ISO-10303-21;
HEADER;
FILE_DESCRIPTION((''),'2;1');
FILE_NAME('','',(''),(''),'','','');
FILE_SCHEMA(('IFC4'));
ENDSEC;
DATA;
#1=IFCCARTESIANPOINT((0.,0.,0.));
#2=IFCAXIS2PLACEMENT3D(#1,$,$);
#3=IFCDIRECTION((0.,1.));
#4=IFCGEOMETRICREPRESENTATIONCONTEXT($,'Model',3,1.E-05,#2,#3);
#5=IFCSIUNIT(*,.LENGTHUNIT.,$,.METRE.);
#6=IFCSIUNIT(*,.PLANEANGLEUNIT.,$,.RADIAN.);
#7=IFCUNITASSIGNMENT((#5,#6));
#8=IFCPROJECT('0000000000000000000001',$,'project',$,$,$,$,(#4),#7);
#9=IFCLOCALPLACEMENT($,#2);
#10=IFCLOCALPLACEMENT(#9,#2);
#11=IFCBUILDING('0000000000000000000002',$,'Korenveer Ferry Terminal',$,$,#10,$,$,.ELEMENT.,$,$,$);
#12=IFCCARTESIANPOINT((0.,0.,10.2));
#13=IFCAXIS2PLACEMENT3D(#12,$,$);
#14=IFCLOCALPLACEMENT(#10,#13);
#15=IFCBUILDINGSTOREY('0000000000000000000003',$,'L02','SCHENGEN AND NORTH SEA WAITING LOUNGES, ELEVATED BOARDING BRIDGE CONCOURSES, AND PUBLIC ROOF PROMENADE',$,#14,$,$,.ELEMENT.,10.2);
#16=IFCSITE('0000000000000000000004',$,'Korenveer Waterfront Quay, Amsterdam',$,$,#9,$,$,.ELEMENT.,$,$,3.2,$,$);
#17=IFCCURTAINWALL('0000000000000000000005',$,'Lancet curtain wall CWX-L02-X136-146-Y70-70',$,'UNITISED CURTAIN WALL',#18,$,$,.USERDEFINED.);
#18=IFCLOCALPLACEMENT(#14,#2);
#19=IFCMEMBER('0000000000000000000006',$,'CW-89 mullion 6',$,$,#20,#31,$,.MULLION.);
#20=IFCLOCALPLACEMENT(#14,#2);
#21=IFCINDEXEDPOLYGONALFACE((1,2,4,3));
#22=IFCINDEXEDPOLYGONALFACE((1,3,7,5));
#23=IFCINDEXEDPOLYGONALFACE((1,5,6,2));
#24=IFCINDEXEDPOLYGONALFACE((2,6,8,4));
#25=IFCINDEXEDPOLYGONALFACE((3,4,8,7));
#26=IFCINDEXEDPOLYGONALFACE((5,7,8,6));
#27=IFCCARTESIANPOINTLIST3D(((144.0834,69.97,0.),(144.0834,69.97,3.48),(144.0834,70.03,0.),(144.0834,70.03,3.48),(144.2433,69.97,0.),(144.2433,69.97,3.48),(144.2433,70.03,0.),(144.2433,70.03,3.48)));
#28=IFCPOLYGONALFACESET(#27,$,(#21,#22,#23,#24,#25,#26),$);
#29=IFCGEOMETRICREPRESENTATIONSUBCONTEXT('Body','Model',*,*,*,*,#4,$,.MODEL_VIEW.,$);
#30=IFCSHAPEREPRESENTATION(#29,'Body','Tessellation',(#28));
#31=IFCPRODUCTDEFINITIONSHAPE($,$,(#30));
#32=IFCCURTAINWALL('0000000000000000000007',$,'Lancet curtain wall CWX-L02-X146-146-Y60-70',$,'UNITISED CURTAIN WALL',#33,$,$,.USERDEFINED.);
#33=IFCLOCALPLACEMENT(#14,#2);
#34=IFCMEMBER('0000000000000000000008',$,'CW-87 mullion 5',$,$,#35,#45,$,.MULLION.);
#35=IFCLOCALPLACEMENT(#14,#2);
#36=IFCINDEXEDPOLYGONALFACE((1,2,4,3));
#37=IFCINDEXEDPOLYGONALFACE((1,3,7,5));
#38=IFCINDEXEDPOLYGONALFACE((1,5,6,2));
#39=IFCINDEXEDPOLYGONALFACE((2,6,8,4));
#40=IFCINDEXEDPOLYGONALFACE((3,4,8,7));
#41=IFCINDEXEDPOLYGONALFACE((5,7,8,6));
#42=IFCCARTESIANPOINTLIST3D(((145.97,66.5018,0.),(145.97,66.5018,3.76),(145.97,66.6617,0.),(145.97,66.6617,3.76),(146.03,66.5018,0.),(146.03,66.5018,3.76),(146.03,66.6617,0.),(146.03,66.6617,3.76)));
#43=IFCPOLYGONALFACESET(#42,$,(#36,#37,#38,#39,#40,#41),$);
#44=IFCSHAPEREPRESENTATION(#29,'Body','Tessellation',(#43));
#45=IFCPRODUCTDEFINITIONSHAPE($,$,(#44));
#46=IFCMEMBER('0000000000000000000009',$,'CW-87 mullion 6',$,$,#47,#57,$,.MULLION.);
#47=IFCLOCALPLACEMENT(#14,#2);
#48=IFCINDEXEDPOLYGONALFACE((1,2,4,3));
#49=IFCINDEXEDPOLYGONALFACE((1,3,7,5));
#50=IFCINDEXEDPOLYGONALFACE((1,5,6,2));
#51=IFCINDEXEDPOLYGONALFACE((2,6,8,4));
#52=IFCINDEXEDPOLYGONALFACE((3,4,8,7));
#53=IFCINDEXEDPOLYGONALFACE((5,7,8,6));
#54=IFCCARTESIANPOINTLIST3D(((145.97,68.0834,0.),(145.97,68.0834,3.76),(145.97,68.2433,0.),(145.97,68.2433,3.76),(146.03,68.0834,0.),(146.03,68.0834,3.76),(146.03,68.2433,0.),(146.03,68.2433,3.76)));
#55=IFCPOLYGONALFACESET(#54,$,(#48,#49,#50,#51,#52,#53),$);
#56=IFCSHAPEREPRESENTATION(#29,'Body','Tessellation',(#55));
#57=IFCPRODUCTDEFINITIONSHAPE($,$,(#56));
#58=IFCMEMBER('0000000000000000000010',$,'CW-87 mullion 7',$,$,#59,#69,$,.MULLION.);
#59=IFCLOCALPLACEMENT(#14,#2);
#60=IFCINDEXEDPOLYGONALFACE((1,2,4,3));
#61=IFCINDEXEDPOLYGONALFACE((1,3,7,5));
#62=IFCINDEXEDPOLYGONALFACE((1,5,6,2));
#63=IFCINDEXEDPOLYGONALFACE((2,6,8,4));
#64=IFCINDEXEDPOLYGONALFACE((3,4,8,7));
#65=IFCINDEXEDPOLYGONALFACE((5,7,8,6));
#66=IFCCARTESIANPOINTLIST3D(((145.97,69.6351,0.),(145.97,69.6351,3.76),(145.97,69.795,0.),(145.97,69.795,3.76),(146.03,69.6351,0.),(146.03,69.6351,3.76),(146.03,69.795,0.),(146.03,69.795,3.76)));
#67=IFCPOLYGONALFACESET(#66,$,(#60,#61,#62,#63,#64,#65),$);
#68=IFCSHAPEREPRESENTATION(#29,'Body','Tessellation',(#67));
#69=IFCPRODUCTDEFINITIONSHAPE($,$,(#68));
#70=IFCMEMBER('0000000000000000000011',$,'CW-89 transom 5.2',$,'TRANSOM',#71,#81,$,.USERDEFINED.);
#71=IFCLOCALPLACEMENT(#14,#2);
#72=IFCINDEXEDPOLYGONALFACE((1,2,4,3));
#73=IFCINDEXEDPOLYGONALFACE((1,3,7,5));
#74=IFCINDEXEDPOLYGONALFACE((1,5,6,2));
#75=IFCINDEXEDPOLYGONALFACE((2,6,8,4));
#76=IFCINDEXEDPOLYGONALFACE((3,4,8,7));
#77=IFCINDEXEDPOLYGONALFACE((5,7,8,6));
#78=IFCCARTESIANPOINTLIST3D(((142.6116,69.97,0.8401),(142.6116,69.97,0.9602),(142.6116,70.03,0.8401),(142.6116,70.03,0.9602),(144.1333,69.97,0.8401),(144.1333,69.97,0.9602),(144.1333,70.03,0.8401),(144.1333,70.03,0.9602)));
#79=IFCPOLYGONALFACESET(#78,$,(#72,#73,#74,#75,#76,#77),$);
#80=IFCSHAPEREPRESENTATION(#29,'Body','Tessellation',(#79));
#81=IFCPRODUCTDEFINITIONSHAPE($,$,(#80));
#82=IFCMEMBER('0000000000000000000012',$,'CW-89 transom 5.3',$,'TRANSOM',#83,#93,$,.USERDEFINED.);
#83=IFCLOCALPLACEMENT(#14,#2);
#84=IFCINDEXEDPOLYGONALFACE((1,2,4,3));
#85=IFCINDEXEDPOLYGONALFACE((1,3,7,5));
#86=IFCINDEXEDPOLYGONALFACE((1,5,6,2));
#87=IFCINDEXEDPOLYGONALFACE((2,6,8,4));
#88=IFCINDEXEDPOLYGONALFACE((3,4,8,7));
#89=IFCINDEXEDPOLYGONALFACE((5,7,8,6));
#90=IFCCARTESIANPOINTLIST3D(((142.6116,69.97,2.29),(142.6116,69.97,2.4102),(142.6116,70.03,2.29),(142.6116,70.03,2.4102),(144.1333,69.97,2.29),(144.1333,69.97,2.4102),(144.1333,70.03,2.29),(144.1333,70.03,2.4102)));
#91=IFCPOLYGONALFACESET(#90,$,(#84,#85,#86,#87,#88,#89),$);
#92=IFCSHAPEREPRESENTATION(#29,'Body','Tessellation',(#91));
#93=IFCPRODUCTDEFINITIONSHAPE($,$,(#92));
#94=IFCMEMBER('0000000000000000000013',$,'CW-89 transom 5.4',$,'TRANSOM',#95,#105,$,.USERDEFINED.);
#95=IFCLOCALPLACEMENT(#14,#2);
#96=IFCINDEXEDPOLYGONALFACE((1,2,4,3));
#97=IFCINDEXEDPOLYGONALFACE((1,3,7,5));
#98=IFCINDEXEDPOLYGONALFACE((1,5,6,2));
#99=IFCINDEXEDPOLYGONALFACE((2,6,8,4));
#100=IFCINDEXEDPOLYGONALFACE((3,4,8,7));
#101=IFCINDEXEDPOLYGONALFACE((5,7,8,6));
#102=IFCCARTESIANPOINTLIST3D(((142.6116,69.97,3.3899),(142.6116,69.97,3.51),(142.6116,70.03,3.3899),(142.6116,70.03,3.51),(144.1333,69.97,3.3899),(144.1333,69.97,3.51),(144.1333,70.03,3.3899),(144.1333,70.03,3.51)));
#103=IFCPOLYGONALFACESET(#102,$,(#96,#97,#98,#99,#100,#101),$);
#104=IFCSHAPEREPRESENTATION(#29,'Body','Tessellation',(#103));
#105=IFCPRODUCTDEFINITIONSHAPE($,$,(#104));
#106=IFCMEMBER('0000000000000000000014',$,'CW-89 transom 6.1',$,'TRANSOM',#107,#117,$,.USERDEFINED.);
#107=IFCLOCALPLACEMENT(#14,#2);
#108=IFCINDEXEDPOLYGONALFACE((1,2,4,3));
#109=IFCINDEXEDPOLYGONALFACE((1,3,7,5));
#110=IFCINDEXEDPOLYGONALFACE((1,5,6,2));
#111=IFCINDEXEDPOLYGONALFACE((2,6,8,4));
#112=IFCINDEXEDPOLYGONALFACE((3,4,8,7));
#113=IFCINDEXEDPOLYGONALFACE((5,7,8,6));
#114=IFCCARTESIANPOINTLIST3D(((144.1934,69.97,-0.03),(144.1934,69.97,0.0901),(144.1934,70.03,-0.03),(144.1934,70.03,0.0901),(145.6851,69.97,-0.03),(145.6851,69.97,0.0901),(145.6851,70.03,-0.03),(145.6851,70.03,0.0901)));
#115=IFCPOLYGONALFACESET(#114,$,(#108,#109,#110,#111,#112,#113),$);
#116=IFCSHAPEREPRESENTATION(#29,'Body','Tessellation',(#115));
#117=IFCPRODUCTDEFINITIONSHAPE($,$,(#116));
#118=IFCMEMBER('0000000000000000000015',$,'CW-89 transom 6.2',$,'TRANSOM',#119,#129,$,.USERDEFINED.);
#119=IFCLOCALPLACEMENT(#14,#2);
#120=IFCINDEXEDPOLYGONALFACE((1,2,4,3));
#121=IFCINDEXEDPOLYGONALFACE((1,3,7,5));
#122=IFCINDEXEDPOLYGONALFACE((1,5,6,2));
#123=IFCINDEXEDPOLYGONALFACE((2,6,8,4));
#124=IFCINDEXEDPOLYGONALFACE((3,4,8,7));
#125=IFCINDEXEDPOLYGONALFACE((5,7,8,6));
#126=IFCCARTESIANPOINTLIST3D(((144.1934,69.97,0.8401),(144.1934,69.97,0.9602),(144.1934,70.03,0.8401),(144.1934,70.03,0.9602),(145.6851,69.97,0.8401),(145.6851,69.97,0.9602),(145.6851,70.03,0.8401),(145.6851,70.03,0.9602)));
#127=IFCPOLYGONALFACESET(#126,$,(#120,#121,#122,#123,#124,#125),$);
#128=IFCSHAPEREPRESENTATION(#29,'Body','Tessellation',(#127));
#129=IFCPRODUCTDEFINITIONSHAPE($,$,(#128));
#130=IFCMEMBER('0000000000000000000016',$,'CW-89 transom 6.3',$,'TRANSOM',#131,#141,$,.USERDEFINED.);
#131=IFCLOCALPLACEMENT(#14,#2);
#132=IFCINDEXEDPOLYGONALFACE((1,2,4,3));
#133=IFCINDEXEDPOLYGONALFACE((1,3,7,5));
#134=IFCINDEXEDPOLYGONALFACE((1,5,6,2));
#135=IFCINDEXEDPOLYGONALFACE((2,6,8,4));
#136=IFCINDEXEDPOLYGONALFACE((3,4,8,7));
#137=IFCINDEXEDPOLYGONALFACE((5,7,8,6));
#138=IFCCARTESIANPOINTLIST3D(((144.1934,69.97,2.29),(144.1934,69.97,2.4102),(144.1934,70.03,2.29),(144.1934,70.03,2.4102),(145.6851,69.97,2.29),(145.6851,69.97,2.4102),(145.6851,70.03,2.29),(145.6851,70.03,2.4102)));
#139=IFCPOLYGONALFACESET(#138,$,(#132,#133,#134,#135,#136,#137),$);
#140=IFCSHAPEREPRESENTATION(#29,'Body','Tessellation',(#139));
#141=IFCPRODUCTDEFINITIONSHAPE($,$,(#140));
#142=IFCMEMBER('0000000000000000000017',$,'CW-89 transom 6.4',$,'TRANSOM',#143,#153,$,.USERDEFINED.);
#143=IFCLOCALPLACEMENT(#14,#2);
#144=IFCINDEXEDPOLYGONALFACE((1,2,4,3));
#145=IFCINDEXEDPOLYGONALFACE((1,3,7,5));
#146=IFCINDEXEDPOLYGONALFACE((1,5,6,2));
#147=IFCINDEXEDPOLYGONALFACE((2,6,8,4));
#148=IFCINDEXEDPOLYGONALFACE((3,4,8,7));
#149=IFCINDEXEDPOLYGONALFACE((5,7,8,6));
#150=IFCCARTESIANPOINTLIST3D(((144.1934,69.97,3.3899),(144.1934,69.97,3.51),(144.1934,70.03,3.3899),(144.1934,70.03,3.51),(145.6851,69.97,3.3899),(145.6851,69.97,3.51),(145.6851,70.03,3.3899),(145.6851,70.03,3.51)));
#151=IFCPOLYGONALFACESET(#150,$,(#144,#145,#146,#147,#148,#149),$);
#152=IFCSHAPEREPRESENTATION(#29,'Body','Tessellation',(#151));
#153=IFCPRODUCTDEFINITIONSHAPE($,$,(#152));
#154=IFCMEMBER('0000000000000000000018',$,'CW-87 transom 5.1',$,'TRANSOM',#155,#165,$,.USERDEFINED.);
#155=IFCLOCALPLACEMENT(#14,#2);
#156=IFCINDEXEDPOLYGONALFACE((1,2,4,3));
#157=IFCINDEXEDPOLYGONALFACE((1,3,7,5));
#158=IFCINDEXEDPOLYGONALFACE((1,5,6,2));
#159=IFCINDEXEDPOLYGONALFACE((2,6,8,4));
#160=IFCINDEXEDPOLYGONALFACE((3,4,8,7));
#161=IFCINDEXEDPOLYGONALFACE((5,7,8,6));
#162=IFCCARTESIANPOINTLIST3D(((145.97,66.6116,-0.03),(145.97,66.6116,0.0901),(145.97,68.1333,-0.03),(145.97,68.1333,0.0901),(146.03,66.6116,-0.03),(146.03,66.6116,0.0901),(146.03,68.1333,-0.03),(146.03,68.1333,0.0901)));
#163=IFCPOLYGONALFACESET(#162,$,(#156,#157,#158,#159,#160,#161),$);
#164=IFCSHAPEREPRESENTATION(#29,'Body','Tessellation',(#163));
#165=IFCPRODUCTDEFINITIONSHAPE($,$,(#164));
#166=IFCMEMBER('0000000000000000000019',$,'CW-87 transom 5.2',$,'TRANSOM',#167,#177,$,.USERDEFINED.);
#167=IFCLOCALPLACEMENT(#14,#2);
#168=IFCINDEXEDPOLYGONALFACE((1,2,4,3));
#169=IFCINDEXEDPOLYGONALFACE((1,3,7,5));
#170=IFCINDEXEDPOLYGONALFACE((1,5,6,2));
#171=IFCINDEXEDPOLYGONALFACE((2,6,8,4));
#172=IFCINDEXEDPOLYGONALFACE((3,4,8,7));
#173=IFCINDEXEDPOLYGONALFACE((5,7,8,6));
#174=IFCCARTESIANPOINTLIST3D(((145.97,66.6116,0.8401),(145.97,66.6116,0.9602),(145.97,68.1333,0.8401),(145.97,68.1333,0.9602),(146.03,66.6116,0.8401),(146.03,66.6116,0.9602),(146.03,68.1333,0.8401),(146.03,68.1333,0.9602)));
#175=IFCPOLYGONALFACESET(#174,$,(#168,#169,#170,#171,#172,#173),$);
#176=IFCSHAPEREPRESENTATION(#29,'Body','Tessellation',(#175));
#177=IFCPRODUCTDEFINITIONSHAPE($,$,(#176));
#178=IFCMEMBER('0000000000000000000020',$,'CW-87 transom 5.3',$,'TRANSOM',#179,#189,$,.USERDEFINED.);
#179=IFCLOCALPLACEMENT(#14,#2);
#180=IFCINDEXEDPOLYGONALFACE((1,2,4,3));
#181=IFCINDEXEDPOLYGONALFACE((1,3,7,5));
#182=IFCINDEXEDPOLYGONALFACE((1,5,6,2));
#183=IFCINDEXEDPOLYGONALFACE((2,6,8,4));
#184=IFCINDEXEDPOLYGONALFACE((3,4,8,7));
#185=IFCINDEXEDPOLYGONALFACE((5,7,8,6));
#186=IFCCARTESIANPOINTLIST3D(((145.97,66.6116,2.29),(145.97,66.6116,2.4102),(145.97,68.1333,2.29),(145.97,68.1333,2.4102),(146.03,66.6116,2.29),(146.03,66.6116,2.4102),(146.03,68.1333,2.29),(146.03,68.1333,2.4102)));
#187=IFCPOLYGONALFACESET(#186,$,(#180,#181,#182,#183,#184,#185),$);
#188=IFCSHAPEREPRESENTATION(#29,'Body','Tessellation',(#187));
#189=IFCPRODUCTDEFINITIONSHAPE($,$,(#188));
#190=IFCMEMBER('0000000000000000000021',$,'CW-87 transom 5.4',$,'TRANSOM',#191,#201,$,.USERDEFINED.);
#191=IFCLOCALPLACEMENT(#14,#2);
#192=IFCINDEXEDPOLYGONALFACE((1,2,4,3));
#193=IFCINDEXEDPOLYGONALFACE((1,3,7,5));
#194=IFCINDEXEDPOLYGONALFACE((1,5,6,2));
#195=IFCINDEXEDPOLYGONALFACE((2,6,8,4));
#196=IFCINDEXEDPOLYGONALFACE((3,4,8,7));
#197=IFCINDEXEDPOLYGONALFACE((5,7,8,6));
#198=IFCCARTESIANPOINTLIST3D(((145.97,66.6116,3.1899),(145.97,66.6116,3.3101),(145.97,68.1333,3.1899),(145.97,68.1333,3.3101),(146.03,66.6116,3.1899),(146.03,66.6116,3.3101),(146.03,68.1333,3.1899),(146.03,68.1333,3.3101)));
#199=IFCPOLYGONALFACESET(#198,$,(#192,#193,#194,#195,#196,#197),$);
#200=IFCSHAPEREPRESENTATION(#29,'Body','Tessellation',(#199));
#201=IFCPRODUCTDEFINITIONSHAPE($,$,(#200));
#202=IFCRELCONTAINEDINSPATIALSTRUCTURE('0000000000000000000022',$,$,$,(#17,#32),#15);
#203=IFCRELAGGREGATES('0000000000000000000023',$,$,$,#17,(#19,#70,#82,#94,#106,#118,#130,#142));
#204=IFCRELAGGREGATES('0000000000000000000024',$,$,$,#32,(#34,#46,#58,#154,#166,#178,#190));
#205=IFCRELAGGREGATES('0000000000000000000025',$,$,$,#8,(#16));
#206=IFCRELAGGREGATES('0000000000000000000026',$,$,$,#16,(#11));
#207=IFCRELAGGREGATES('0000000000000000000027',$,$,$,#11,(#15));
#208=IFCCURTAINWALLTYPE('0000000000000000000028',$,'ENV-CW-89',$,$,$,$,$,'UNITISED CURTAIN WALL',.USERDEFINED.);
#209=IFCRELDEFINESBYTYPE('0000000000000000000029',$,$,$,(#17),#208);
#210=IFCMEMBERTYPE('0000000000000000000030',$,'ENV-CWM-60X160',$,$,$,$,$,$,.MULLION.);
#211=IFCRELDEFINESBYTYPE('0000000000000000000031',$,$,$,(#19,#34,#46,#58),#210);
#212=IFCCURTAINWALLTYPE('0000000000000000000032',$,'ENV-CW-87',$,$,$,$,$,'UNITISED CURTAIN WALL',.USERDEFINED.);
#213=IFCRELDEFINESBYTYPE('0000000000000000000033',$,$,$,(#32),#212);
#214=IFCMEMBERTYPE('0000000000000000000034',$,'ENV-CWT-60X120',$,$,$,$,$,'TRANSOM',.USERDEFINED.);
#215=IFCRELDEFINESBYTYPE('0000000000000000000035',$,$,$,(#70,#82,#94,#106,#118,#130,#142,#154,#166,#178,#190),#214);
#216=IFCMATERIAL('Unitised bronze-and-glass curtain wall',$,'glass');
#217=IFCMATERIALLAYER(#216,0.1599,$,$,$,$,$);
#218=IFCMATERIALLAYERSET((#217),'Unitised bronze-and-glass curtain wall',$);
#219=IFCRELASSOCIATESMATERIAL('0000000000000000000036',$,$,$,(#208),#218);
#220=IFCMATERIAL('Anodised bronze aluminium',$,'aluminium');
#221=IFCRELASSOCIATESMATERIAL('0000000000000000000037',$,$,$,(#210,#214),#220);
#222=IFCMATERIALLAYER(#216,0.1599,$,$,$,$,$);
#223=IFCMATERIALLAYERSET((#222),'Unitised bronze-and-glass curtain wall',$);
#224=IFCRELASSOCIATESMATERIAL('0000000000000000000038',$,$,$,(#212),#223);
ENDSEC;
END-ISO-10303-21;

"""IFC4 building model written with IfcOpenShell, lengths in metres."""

from ifc_helpers import new_model, si_unit, direction, frame, origin, origin_2d, place, context, subcontext, project, spatial, rectangle, extrude, material, layer, layer_set, material_profile, profile_set, type_object, element, aggregate, save


model = new_model("IFC4")

# Units and contexts
model_context = context("Model", 3, precision=1e-05, world=origin(), true_north=direction((0.0, 1.0)))
body_context = subcontext(model_context, "Body", "Model", "MODEL_VIEW")
ifc_project = project(units=[si_unit("LENGTHUNIT", "METRE"), si_unit("PLANEANGLEUNIT", "RADIAN")], contexts=[model_context])

# Site, building, storey
site_placement = place(None, origin())
site = spatial("IfcSite", under=ifc_project, at=site_placement, Name="Korenveer Waterfront Quay, Amsterdam", CompositionType="ELEMENT", RefElevation=3.2)
building_placement = place(site_placement, origin())
building = spatial("IfcBuilding", under=site, at=building_placement, Name="Korenveer Ferry Terminal", CompositionType="ELEMENT")
storey_placement = place(building_placement, frame((0.0, 0.0, 10.2)))
storey = spatial("IfcBuildingStorey", under=building, at=storey_placement, Name="L02", Description="SCHENGEN AND NORTH SEA WAITING LOUNGES, ELEVATED BOARDING BRIDGE CONCOURSES, AND PUBLIC ROOF PROMENADE", CompositionType="ELEMENT", Elevation=10.2)

# Curtain wall, member
ifc_material_1 = material(Name="Unitised bronze-and-glass curtain wall", Category="glass")
ifc_layer_1 = layer(ifc_material_1, 0.1599)
ifc_layer_set_1 = layer_set([ifc_layer_1], Name="Unitised bronze-and-glass curtain wall")
curtain_wall_type_1 = type_object("IfcCurtainWallType", Name="ENV-CW-89", ElementType="UNITISED CURTAIN WALL", PredefinedType="USERDEFINED", material=ifc_layer_set_1)
curtain_wall_1_placement = place(storey_placement, frame((136.2549, 70.0, 0.0)))
curtain_wall_1 = element("IfcCurtainWall", 1, at=curtain_wall_1_placement, inside=storey, type_object=curtain_wall_type_1, Name="Lancet curtain wall CWX-L02-X136-146-Y70-70", ObjectType="UNITISED CURTAIN WALL", PredefinedType="USERDEFINED")
ifc_material_2 = material(Name="Anodised bronze aluminium", Category="aluminium")
ifc_material_profile_1 = material_profile(ifc_material_2, rectangle(XDim=0.0601, YDim=0.1599, at=origin_2d()), Name="ALU 60x160")
ifc_profile_set_1 = profile_set([ifc_material_profile_1], Name="Anodised bronze aluminium")
member_type_1 = type_object("IfcMemberType", Name="ENV-CWM-60X160", PredefinedType="MULLION", material=ifc_profile_set_1)
member_1_placement = place(storey_placement, frame((144.1633, 70.0, 0.0), z_axis=(0.0, 0.0, 1.0), x_axis=(0.0, 1.0, 0.0)))
member_1 = element("IfcMember", 2, at=member_1_placement, type_object=member_type_1, Name="CW-89 mullion 6", PredefinedType="MULLION", context=body_context, shape_type="SweptSolid", body=[
    extrude(rectangle(XDim=0.0601, YDim=0.1599, at=origin_2d()), origin(), (0.0, 0.0, 1.0), 3.48),
])

# Curtain wall, members
ifc_layer_2 = layer(ifc_material_1, 0.1599)
ifc_layer_set_2 = layer_set([ifc_layer_2], Name="Unitised bronze-and-glass curtain wall")
curtain_wall_type_2 = type_object("IfcCurtainWallType", Name="ENV-CW-87", ElementType="UNITISED CURTAIN WALL", PredefinedType="USERDEFINED", material=ifc_layer_set_2)
curtain_wall_2_placement = place(storey_placement, frame((146.0, 60.2549, 0.0)))
curtain_wall_2 = element("IfcCurtainWall", 3, at=curtain_wall_2_placement, inside=storey, type_object=curtain_wall_type_2, Name="Lancet curtain wall CWX-L02-X146-146-Y60-70", ObjectType="UNITISED CURTAIN WALL", PredefinedType="USERDEFINED")
member_2_placement = place(storey_placement, frame((146.0, 66.5818, 0.0), z_axis=(0.0, 0.0, 1.0), x_axis=(-1.0, 0.0, 0.0)))
member_2 = element("IfcMember", 4, at=member_2_placement, type_object=member_type_1, Name="CW-87 mullion 5", PredefinedType="MULLION", context=body_context, shape_type="SweptSolid", body=[
    extrude(rectangle(XDim=0.0601, YDim=0.1599, at=origin_2d()), origin(), (0.0, 0.0, 1.0), 3.76),
])
member_3_placement = place(storey_placement, frame((146.0, 68.1633, 0.0), z_axis=(0.0, 0.0, 1.0), x_axis=(-1.0, 0.0, 0.0)))
member_3 = element("IfcMember", 5, at=member_3_placement, type_object=member_type_1, Name="CW-87 mullion 6", PredefinedType="MULLION", context=body_context, shape_type="SweptSolid", body=[
    extrude(rectangle(XDim=0.0601, YDim=0.1599, at=origin_2d()), origin(), (0.0, 0.0, 1.0), 3.76),
])
member_4_placement = place(storey_placement, frame((146.0, 69.7151, 0.0), z_axis=(0.0, 0.0, 1.0), x_axis=(-1.0, 0.0, 0.0)))
member_4 = element("IfcMember", 6, at=member_4_placement, type_object=member_type_1, Name="CW-87 mullion 7", PredefinedType="MULLION", context=body_context, shape_type="SweptSolid", body=[
    extrude(rectangle(XDim=0.0601, YDim=0.1599, at=origin_2d()), origin(), (0.0, 0.0, 1.0), 3.76),
])

# Members
ifc_material_profile_2 = material_profile(ifc_material_2, rectangle(XDim=0.0601, YDim=0.1201, at=origin_2d()), Name="ALU 60x120")
ifc_profile_set_2 = profile_set([ifc_material_profile_2], Name="Anodised bronze aluminium")
member_type_2 = type_object("IfcMemberType", Name="ENV-CWT-60X120", ElementType="TRANSOM", PredefinedType="USERDEFINED", material=ifc_profile_set_2)
member_5_placement = place(storey_placement, frame((142.6116, 70.0, 0.9001), z_axis=(1.0, 0.0, 0.0), x_axis=(0.0, 1.0, 0.0)))
member_5 = element("IfcMember", 7, at=member_5_placement, type_object=member_type_2, Name="CW-89 transom 5.2", ObjectType="TRANSOM", PredefinedType="USERDEFINED", context=body_context, shape_type="SweptSolid", body=[
    extrude(rectangle(XDim=0.0601, YDim=0.1201, at=origin_2d()), origin(), (0.0, 0.0, 1.0), 1.5217),
])
member_6_placement = place(storey_placement, frame((142.6116, 70.0, 2.3501), z_axis=(1.0, 0.0, 0.0), x_axis=(0.0, 1.0, 0.0)))
member_6 = element("IfcMember", 8, at=member_6_placement, type_object=member_type_2, Name="CW-89 transom 5.3", ObjectType="TRANSOM", PredefinedType="USERDEFINED", context=body_context, shape_type="SweptSolid", body=[
    extrude(rectangle(XDim=0.0601, YDim=0.1201, at=origin_2d()), origin(), (0.0, 0.0, 1.0), 1.5217),
])
member_7_placement = place(storey_placement, frame((142.6116, 70.0, 3.45), z_axis=(1.0, 0.0, 0.0), x_axis=(0.0, 1.0, 0.0)))
member_7 = element("IfcMember", 9, at=member_7_placement, type_object=member_type_2, Name="CW-89 transom 5.4", ObjectType="TRANSOM", PredefinedType="USERDEFINED", context=body_context, shape_type="SweptSolid", body=[
    extrude(rectangle(XDim=0.0601, YDim=0.1201, at=origin_2d()), origin(), (0.0, 0.0, 1.0), 1.5217),
])
member_8_placement = place(storey_placement, frame((144.1934, 70.0, 0.03), z_axis=(1.0, 0.0, 0.0), x_axis=(0.0, 1.0, 0.0)))
member_8 = element("IfcMember", 10, at=member_8_placement, type_object=member_type_2, Name="CW-89 transom 6.1", ObjectType="TRANSOM", PredefinedType="USERDEFINED", context=body_context, shape_type="SweptSolid", body=[
    extrude(rectangle(XDim=0.0601, YDim=0.1201, at=origin_2d()), origin(), (0.0, 0.0, 1.0), 1.4917),
])
member_9_placement = place(storey_placement, frame((144.1934, 70.0, 0.9001), z_axis=(1.0, 0.0, 0.0), x_axis=(0.0, 1.0, 0.0)))
member_9 = element("IfcMember", 11, at=member_9_placement, type_object=member_type_2, Name="CW-89 transom 6.2", ObjectType="TRANSOM", PredefinedType="USERDEFINED", context=body_context, shape_type="SweptSolid", body=[
    extrude(rectangle(XDim=0.0601, YDim=0.1201, at=origin_2d()), origin(), (0.0, 0.0, 1.0), 1.4917),
])
member_10_placement = place(storey_placement, frame((144.1934, 70.0, 2.3501), z_axis=(1.0, 0.0, 0.0), x_axis=(0.0, 1.0, 0.0)))
member_10 = element("IfcMember", 12, at=member_10_placement, type_object=member_type_2, Name="CW-89 transom 6.3", ObjectType="TRANSOM", PredefinedType="USERDEFINED", context=body_context, shape_type="SweptSolid", body=[
    extrude(rectangle(XDim=0.0601, YDim=0.1201, at=origin_2d()), origin(), (0.0, 0.0, 1.0), 1.4917),
])
member_11_placement = place(storey_placement, frame((144.1934, 70.0, 3.45), z_axis=(1.0, 0.0, 0.0), x_axis=(0.0, 1.0, 0.0)))
member_11 = element("IfcMember", 13, at=member_11_placement, type_object=member_type_2, Name="CW-89 transom 6.4", ObjectType="TRANSOM", PredefinedType="USERDEFINED", context=body_context, shape_type="SweptSolid", body=[
    extrude(rectangle(XDim=0.0601, YDim=0.1201, at=origin_2d()), origin(), (0.0, 0.0, 1.0), 1.4917),
])
member_12_placement = place(storey_placement, frame((146.0, 66.6116, 0.03), z_axis=(0.0, 1.0, 0.0), x_axis=(-1.0, 0.0, 0.0)))
member_12 = element("IfcMember", 14, at=member_12_placement, type_object=member_type_2, Name="CW-87 transom 5.1", ObjectType="TRANSOM", PredefinedType="USERDEFINED", context=body_context, shape_type="SweptSolid", body=[
    extrude(rectangle(XDim=0.0601, YDim=0.1201, at=origin_2d()), origin(), (0.0, 0.0, 1.0), 1.5217),
])
member_13_placement = place(storey_placement, frame((146.0, 66.6116, 0.9001), z_axis=(0.0, 1.0, 0.0), x_axis=(-1.0, 0.0, 0.0)))
member_13 = element("IfcMember", 15, at=member_13_placement, type_object=member_type_2, Name="CW-87 transom 5.2", ObjectType="TRANSOM", PredefinedType="USERDEFINED", context=body_context, shape_type="SweptSolid", body=[
    extrude(rectangle(XDim=0.0601, YDim=0.1201, at=origin_2d()), origin(), (0.0, 0.0, 1.0), 1.5217),
])
member_14_placement = place(storey_placement, frame((146.0, 66.6116, 2.3501), z_axis=(0.0, 1.0, 0.0), x_axis=(-1.0, 0.0, 0.0)))
member_14 = element("IfcMember", 16, at=member_14_placement, type_object=member_type_2, Name="CW-87 transom 5.3", ObjectType="TRANSOM", PredefinedType="USERDEFINED", context=body_context, shape_type="SweptSolid", body=[
    extrude(rectangle(XDim=0.0601, YDim=0.1201, at=origin_2d()), origin(), (0.0, 0.0, 1.0), 1.5217),
])
member_15_placement = place(storey_placement, frame((146.0, 66.6116, 3.25), z_axis=(0.0, 1.0, 0.0), x_axis=(-1.0, 0.0, 0.0)))
member_15 = element("IfcMember", 17, at=member_15_placement, type_object=member_type_2, Name="CW-87 transom 5.4", ObjectType="TRANSOM", PredefinedType="USERDEFINED", context=body_context, shape_type="SweptSolid", body=[
    extrude(rectangle(XDim=0.0601, YDim=0.1201, at=origin_2d()), origin(), (0.0, 0.0, 1.0), 1.5217),
])

aggregate(curtain_wall_1, [member_1, member_5, member_6, member_7, member_8, member_9, member_10, member_11])
aggregate(curtain_wall_2, [member_2, member_3, member_4, member_12, member_13, member_14, member_15])

save(model, "model.ifc")
